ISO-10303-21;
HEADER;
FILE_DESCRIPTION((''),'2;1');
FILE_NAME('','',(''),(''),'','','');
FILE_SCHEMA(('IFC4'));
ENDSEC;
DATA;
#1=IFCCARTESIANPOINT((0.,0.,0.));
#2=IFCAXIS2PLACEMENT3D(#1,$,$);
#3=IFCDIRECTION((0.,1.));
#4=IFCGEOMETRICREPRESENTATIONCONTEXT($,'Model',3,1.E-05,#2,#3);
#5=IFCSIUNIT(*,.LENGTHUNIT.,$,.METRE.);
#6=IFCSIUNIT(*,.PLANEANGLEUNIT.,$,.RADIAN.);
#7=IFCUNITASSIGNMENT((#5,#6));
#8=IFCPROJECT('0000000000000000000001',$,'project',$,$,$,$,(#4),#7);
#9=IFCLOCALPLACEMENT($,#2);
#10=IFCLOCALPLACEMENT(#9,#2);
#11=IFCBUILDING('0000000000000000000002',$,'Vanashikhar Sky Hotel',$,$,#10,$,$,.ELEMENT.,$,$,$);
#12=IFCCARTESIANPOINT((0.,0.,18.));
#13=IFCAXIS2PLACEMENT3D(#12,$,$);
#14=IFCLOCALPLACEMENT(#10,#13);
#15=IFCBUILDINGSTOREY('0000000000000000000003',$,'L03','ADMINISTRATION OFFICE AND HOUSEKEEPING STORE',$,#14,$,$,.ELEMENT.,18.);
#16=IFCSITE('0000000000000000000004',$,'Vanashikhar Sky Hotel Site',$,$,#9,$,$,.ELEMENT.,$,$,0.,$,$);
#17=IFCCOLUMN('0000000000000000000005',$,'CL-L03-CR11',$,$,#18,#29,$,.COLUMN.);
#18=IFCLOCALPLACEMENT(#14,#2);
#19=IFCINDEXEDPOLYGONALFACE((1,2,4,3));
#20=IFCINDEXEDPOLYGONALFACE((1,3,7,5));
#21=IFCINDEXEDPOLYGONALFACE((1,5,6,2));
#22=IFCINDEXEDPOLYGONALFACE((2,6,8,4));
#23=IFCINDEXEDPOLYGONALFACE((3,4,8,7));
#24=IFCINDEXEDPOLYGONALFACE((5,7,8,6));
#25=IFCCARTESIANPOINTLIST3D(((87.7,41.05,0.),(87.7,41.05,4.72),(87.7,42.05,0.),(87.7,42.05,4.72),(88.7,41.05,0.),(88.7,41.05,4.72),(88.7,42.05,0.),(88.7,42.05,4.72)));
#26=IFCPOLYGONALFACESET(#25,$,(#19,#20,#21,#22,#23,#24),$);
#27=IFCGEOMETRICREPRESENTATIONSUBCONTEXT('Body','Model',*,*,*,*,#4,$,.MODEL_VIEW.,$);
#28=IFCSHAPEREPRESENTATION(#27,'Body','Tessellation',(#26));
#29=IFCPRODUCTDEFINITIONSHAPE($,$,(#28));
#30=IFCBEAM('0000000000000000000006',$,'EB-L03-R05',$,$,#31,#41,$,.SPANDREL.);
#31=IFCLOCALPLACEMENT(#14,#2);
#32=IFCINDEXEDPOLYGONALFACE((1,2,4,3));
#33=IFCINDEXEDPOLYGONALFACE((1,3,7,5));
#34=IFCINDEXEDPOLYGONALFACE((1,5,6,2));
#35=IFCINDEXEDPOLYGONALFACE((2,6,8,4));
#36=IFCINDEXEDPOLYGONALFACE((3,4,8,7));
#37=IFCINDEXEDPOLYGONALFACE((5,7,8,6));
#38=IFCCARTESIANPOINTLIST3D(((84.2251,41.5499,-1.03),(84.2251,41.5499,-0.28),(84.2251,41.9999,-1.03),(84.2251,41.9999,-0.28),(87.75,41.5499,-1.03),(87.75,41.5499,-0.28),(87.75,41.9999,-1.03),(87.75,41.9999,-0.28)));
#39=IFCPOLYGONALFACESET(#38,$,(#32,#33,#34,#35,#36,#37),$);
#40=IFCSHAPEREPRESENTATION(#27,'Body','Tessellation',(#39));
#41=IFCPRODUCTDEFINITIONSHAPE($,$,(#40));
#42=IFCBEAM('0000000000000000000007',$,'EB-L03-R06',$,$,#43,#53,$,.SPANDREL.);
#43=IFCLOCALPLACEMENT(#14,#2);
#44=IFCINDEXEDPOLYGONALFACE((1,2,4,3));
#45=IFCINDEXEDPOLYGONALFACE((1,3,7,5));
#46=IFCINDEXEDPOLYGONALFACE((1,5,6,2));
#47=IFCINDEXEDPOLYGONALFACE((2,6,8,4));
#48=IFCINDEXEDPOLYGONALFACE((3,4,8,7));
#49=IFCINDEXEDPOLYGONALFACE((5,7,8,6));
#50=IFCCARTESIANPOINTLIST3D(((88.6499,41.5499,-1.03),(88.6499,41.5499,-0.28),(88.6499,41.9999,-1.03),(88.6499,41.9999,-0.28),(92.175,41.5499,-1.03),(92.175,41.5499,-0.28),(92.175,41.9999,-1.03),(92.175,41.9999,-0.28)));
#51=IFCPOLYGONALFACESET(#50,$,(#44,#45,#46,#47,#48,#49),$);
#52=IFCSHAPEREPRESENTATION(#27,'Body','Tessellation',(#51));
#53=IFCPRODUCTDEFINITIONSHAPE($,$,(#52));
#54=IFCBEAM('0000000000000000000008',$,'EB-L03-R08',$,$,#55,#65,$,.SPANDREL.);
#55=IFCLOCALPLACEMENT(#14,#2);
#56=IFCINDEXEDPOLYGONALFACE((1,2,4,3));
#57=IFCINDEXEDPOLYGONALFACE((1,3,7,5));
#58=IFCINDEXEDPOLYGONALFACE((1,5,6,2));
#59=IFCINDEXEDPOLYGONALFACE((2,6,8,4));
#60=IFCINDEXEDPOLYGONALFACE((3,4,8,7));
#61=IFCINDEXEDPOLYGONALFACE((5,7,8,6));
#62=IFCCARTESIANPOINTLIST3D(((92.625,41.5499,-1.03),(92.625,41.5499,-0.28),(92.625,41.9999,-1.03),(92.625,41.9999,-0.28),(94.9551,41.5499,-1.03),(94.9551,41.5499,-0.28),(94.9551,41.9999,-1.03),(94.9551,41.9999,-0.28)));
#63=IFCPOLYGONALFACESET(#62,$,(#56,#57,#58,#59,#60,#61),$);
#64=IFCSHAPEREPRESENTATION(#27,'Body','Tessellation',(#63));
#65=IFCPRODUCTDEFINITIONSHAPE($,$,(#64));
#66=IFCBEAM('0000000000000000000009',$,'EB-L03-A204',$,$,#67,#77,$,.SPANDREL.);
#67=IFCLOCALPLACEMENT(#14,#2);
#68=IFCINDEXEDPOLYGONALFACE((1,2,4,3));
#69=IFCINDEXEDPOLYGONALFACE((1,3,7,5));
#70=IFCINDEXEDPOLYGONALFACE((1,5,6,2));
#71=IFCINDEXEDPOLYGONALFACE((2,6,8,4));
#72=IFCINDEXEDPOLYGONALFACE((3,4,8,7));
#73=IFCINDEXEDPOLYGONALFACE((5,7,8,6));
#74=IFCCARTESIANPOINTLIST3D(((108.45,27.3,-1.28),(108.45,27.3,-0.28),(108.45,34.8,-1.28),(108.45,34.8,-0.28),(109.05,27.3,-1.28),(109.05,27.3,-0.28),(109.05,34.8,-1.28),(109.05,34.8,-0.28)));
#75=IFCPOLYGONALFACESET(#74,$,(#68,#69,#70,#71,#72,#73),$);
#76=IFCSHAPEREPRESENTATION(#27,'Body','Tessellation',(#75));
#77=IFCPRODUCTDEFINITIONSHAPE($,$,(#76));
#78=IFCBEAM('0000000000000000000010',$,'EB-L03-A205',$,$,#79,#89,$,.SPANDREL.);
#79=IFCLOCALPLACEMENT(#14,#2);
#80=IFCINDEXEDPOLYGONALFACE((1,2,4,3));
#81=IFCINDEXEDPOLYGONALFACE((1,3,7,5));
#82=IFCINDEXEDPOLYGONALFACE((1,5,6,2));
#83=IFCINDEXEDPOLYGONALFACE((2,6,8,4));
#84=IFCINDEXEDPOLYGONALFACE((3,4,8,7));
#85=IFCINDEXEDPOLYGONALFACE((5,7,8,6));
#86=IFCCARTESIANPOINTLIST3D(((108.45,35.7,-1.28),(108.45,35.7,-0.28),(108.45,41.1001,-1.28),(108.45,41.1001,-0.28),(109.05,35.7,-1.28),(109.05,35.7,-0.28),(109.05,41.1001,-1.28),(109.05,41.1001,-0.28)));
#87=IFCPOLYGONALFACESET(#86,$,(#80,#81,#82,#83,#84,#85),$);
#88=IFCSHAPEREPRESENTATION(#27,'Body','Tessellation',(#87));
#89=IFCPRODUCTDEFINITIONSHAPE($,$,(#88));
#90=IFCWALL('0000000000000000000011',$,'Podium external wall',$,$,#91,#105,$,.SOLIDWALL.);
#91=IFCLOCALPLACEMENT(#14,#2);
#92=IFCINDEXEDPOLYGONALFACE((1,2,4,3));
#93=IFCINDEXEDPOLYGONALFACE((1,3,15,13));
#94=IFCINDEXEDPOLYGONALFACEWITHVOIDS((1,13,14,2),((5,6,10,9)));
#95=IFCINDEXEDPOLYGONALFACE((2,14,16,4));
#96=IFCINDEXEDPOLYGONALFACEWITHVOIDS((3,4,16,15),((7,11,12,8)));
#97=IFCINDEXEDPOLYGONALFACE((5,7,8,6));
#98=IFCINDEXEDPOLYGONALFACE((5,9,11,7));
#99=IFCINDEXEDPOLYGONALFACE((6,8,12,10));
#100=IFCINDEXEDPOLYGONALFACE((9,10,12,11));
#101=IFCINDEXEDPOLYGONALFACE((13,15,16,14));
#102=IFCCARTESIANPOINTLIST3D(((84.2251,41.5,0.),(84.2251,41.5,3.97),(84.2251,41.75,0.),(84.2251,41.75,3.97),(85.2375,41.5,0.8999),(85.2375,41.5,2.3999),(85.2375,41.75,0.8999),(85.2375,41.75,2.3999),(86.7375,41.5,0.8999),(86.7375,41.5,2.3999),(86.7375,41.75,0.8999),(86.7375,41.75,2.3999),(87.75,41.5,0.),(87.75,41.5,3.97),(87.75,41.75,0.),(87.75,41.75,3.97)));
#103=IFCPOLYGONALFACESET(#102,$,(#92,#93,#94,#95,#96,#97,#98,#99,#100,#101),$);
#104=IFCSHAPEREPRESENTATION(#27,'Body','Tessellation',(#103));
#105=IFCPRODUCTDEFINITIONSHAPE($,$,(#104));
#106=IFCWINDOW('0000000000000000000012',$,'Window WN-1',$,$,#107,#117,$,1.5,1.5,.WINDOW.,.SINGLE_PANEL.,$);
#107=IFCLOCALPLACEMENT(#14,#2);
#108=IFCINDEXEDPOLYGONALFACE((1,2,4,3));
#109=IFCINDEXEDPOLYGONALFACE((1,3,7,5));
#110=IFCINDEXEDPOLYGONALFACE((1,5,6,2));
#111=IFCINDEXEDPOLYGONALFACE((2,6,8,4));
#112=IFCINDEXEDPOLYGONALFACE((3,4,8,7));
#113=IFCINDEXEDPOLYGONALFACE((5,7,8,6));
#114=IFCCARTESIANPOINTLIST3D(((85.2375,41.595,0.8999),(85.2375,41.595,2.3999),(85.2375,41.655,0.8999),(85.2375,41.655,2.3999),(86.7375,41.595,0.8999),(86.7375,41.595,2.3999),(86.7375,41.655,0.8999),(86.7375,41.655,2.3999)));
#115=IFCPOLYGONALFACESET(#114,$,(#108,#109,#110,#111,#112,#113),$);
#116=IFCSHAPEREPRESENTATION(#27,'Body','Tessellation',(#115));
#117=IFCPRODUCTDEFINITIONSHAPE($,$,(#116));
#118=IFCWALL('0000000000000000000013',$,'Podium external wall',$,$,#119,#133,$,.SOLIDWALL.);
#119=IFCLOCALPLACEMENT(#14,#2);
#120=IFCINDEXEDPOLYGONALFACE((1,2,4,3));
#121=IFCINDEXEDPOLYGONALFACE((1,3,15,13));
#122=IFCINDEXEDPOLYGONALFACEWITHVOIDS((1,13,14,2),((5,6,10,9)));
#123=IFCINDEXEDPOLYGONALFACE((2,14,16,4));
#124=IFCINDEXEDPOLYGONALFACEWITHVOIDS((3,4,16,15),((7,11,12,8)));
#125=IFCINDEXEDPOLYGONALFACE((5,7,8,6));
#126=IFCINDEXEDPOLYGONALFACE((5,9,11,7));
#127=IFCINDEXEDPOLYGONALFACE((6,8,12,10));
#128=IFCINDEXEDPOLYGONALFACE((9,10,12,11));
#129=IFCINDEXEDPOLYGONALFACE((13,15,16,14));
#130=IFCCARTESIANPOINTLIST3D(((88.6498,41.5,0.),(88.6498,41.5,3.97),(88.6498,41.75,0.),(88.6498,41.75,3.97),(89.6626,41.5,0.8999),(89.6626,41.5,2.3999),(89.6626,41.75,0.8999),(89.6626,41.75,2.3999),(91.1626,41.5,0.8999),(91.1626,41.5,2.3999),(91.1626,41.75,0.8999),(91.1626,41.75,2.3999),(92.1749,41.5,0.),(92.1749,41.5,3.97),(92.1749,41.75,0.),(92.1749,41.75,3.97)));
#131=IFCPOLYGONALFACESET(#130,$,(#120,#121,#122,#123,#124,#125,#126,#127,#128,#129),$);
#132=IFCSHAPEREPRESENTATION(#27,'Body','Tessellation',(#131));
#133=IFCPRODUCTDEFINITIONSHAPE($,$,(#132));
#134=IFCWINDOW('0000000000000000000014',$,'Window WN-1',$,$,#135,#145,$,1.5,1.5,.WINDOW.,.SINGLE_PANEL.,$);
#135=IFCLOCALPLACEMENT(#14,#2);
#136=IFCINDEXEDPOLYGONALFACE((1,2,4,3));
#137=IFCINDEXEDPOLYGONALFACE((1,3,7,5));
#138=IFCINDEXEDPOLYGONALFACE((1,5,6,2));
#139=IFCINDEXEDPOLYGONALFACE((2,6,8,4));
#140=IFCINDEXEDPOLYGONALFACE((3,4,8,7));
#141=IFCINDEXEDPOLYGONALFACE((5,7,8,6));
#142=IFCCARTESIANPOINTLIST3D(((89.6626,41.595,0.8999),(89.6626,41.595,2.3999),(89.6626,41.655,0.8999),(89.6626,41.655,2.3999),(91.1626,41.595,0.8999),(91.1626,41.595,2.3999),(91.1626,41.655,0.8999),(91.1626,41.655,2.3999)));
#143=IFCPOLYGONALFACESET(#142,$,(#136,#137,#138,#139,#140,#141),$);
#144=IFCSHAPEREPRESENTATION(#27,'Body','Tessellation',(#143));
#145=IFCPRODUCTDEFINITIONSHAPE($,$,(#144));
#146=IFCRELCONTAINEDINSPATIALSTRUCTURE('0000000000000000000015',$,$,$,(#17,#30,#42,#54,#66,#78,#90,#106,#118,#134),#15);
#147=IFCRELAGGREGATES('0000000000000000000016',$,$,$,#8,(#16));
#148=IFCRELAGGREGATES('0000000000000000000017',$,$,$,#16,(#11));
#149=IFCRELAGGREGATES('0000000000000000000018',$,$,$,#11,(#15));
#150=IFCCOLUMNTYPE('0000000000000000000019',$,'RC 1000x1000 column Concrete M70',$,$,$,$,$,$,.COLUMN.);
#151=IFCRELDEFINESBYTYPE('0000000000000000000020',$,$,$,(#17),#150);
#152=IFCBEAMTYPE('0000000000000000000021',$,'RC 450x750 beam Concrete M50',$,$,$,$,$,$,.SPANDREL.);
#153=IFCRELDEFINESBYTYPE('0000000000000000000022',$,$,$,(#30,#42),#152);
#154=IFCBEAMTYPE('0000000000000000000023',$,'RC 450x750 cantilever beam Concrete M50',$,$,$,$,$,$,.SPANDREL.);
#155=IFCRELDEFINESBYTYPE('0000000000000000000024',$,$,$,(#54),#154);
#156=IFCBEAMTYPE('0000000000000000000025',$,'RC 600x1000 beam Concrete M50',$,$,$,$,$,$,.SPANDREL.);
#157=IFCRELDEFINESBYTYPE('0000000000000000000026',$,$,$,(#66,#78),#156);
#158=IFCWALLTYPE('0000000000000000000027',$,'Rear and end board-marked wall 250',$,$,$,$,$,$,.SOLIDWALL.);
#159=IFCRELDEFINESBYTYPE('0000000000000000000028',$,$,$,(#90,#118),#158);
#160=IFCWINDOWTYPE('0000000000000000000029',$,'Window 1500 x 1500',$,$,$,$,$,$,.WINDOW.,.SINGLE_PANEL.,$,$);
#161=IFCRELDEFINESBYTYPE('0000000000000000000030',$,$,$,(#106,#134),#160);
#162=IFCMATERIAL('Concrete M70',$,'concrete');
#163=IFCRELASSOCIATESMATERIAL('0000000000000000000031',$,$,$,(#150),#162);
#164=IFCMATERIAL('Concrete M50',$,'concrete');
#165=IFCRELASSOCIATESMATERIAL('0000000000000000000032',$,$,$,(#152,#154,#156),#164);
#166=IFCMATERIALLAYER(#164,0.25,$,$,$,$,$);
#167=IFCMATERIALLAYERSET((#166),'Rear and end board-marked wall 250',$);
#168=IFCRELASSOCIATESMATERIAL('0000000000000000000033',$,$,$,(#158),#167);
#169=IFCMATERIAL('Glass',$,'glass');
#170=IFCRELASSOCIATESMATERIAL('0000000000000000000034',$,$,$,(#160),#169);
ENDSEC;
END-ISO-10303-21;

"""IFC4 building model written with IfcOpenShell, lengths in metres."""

from ifc_helpers import new_model, si_unit, direction, frame, frame_2d, origin, origin_2d, place, context, subcontext, project, spatial, rectangle, extrude, source, transform, mapped, material, layer, layer_set, material_profile, profile_set, type_object, element, fill, save


model = new_model("IFC4")

# Units and contexts
model_context = context("Model", 3, precision=1e-05, world=origin(), true_north=direction((0.0, 1.0)))
body_context = subcontext(model_context, "Body", "Model", "MODEL_VIEW")
ifc_project = project(units=[si_unit("LENGTHUNIT", "METRE"), si_unit("PLANEANGLEUNIT", "RADIAN")], contexts=[model_context])

# Site, building, storey
site_placement = place(None, origin())
site = spatial("IfcSite", under=ifc_project, at=site_placement, Name="Vanashikhar Sky Hotel Site", CompositionType="ELEMENT", RefElevation=0.0)
building_placement = place(site_placement, origin())
building = spatial("IfcBuilding", under=site, at=building_placement, Name="Vanashikhar Sky Hotel", CompositionType="ELEMENT")
storey_placement = place(building_placement, frame((0.0, 0.0, 18.0)))
storey = spatial("IfcBuildingStorey", under=building, at=storey_placement, Name="L03", Description="ADMINISTRATION OFFICE AND HOUSEKEEPING STORE", CompositionType="ELEMENT", Elevation=18.0)

# Column
ifc_material_1 = material(Name="Concrete M70", Category="concrete")
ifc_material_profile_1 = material_profile(ifc_material_1, rectangle(XDim=1.0, YDim=1.0, at=origin_2d()))
ifc_profile_set_1 = profile_set([ifc_material_profile_1], Name="RC 1000x1000 column Concrete M70")
column_type = type_object("IfcColumnType", Name="RC 1000x1000 column Concrete M70", PredefinedType="COLUMN", material=ifc_profile_set_1)
shared_shape_1 = source(origin(), body_context, "Body", "SweptSolid", [
    extrude(rectangle(XDim=1.0, YDim=1.0, at=origin_2d()), origin(), (0.0, 0.0, 1.0), 4.72),
])
column_placement = place(storey_placement, frame((88.2, 41.55, 0.0), z_axis=(0.0, 0.0, 1.0), x_axis=(1.0, 0.0, 0.0)))
element("IfcColumn", 1, at=column_placement, inside=storey, type_object=column_type, Name="CL-L03-CR11", PredefinedType="COLUMN", context=body_context, shape_type="MappedRepresentation", body=[
    mapped(shared_shape_1, transform((0.0, 0.0, 0.0), scale=1.0)),
])

# Beams
ifc_material_2 = material(Name="Concrete M50", Category="concrete")
ifc_material_profile_2 = material_profile(ifc_material_2, rectangle(XDim=0.45, YDim=0.75, at=origin_2d()))
ifc_profile_set_2 = profile_set([ifc_material_profile_2], Name="RC 450x750 beam Concrete M50")
beam_type_1 = type_object("IfcBeamType", Name="RC 450x750 beam Concrete M50", PredefinedType="SPANDREL", material=ifc_profile_set_2)
shared_shape_2 = source(origin(), body_context, "Body", "SweptSolid", [
    extrude(rectangle(XDim=0.45, YDim=0.75, at=origin_2d()), origin(), (0.0, 0.0, 1.0), 3.5249),
])
beam_1_placement = place(storey_placement, frame((84.2251, 41.7749, -0.655), z_axis=(1.0, 0.0, 0.0), x_axis=(0.0, 1.0, 0.0)))
element("IfcBeam", 2, at=beam_1_placement, inside=storey, type_object=beam_type_1, Name="EB-L03-R05", PredefinedType="SPANDREL", context=body_context, shape_type="MappedRepresentation", body=[
    mapped(shared_shape_2, transform((0.0, 0.0, 0.0), scale=1.0)),
])
shared_shape_3 = source(origin(), body_context, "Body", "SweptSolid", [
    extrude(rectangle(XDim=0.45, YDim=0.75, at=origin_2d()), origin(), (0.0, 0.0, 1.0), 3.5251),
])
beam_2_placement = place(storey_placement, frame((88.6499, 41.7749, -0.655), z_axis=(1.0, 0.0, 0.0), x_axis=(0.0, 1.0, 0.0)))
element("IfcBeam", 3, at=beam_2_placement, inside=storey, type_object=beam_type_1, Name="EB-L03-R06", PredefinedType="SPANDREL", context=body_context, shape_type="MappedRepresentation", body=[
    mapped(shared_shape_3, transform((0.0, 0.0, 0.0), scale=1.0)),
])
ifc_material_profile_3 = material_profile(ifc_material_2, rectangle(XDim=0.45, YDim=0.75, at=origin_2d()))
ifc_profile_set_3 = profile_set([ifc_material_profile_3], Name="RC 450x750 cantilever beam Concrete M50")
beam_type_2 = type_object("IfcBeamType", Name="RC 450x750 cantilever beam Concrete M50", PredefinedType="SPANDREL", material=ifc_profile_set_3)
shared_shape_4 = source(origin(), body_context, "Body", "SweptSolid", [
    extrude(rectangle(XDim=0.45, YDim=0.75, at=origin_2d()), origin(), (0.0, 0.0, 1.0), 2.3301),
])
beam_3_placement = place(storey_placement, frame((92.625, 41.7749, -0.655), z_axis=(1.0, 0.0, 0.0), x_axis=(0.0, 1.0, 0.0)))
element("IfcBeam", 4, at=beam_3_placement, inside=storey, type_object=beam_type_2, Name="EB-L03-R08", PredefinedType="SPANDREL", context=body_context, shape_type="MappedRepresentation", body=[
    mapped(shared_shape_4, transform((0.0, 0.0, 0.0), scale=1.0)),
])
ifc_material_profile_4 = material_profile(ifc_material_2, rectangle(XDim=0.6001, YDim=1.0, at=origin_2d()))
ifc_profile_set_4 = profile_set([ifc_material_profile_4], Name="RC 600x1000 beam Concrete M50")
beam_type_3 = type_object("IfcBeamType", Name="RC 600x1000 beam Concrete M50", PredefinedType="SPANDREL", material=ifc_profile_set_4)
shared_shape_5 = source(origin(), body_context, "Body", "SweptSolid", [
    extrude(rectangle(XDim=0.6001, YDim=1.0, at=origin_2d()), origin(), (0.0, 0.0, 1.0), 7.5),
])
beam_4_placement = place(storey_placement, frame((108.75, 27.3, -0.78), z_axis=(0.0, 1.0, 0.0), x_axis=(-1.0, 0.0, 0.0)))
element("IfcBeam", 5, at=beam_4_placement, inside=storey, type_object=beam_type_3, Name="EB-L03-A204", PredefinedType="SPANDREL", context=body_context, shape_type="MappedRepresentation", body=[
    mapped(shared_shape_5, transform((0.0, 0.0, 0.0), scale=1.0)),
])
shared_shape_6 = source(origin(), body_context, "Body", "SweptSolid", [
    extrude(rectangle(XDim=0.6001, YDim=1.0, at=origin_2d()), origin(), (0.0, 0.0, 1.0), 5.4001),
])
beam_5_placement = place(storey_placement, frame((108.75, 35.7, -0.78), z_axis=(0.0, 1.0, 0.0), x_axis=(-1.0, 0.0, 0.0)))
element("IfcBeam", 6, at=beam_5_placement, inside=storey, type_object=beam_type_3, Name="EB-L03-A205", PredefinedType="SPANDREL", context=body_context, shape_type="MappedRepresentation", body=[
    mapped(shared_shape_6, transform((0.0, 0.0, 0.0), scale=1.0)),
])

# Walls, openings, windows
ifc_layer_1 = layer(ifc_material_2, 0.25)
ifc_layer_set_1 = layer_set([ifc_layer_1], Name="Rear and end board-marked wall 250")
wall_type_1 = type_object("IfcWallType", Name="Rear and end board-marked wall 250", PredefinedType="SOLIDWALL", material=ifc_layer_set_1)
shared_shape_7 = source(origin(), body_context, "Body", "SweptSolid", [
    extrude(rectangle(XDim=3.5249, YDim=0.25, at=frame_2d((1.7625, 0.0))), origin(), (0.0, 0.0, 1.0), 3.97),
])
wall_1_placement = place(storey_placement, frame((87.75, 41.625, 0.0), z_axis=(0.0, 0.0, 1.0), x_axis=(-1.0, 0.0, 0.0)))
wall_1 = element("IfcWall", 7, at=wall_1_placement, inside=storey, type_object=wall_type_1, Name="Podium external wall", PredefinedType="SOLIDWALL", context=body_context, shape_type="MappedRepresentation", body=[
    mapped(shared_shape_7, transform((0.0, 0.0, 0.0), scale=1.0)),
])
shared_shape_8 = source(origin(), body_context, "Body", "SweptSolid", [
    extrude(rectangle(XDim=1.5, YDim=1.5, at=frame_2d((0.75, 0.75))), frame((0.0, 0.135, 0.0), z_axis=(0.0, -1.0, 0.0), x_axis=(1.0, 0.0, 0.0)), (0.0, 0.0, 1.0), 0.27),
])
opening_1_placement = place(wall_1_placement, frame((1.0125, 0.0, 0.8999)))
opening_1 = element("IfcOpeningElement", 8, at=opening_1_placement, cuts=wall_1, PredefinedType="OPENING", context=body_context, shape_type="MappedRepresentation", body=[
    mapped(shared_shape_8, transform((0.0, 0.0, 0.0), scale=1.0)),
])
ifc_material_3 = material(Name="Glass", Category="glass")
window_type = type_object("IfcWindowType", Name="Window 1500 x 1500", PartitioningType="SINGLE_PANEL", PredefinedType="WINDOW", material=ifc_material_3)
shared_shape_9 = source(origin(), body_context, "Body", "SweptSolid", [
    extrude(rectangle(XDim=1.5, YDim=1.5, at=frame_2d((0.75, 0.75))), frame((0.0, 0.03, 0.0), z_axis=(0.0, -1.0, 0.0), x_axis=(1.0, 0.0, 0.0)), (0.0, 0.0, 1.0), 0.0601),
])
window_1_placement = place(opening_1_placement, origin())
window_1 = element("IfcWindow", 9, at=window_1_placement, inside=storey, type_object=window_type, Name="Window WN-1", OverallHeight=1.5, OverallWidth=1.5, PartitioningType="SINGLE_PANEL", PredefinedType="WINDOW", context=body_context, shape_type="MappedRepresentation", body=[
    mapped(shared_shape_9, transform((0.0, 0.0, 0.0), scale=1.0)),
])
fill(opening_1, window_1)
shared_shape_10 = source(origin(), body_context, "Body", "SweptSolid", [
    extrude(rectangle(XDim=3.5251, YDim=0.25, at=frame_2d((1.7627, 0.0))), origin(), (0.0, 0.0, 1.0), 3.97),
])
wall_2_placement = place(storey_placement, frame((92.175, 41.625, 0.0), z_axis=(0.0, 0.0, 1.0), x_axis=(-1.0, 0.0, 0.0)))
wall_2 = element("IfcWall", 10, at=wall_2_placement, inside=storey, type_object=wall_type_1, Name="Podium external wall", PredefinedType="SOLIDWALL", context=body_context, shape_type="MappedRepresentation", body=[
    mapped(shared_shape_10, transform((0.0, 0.0, 0.0), scale=1.0)),
])
opening_2_placement = place(wall_2_placement, frame((1.0125, 0.0, 0.8999)))
opening_2 = element("IfcOpeningElement", 11, at=opening_2_placement, cuts=wall_2, PredefinedType="OPENING", context=body_context, shape_type="MappedRepresentation", body=[
    mapped(shared_shape_8, transform((0.0, 0.0, 0.0), scale=1.0)),
])
window_2_placement = place(opening_2_placement, origin())
window_2 = element("IfcWindow", 12, at=window_2_placement, inside=storey, type_object=window_type, Name="Window WN-1", OverallHeight=1.5, OverallWidth=1.5, PartitioningType="SINGLE_PANEL", PredefinedType="WINDOW", context=body_context, shape_type="MappedRepresentation", body=[
    mapped(shared_shape_9, transform((0.0, 0.0, 0.0), scale=1.0)),
])
fill(opening_2, window_2)

save(model, "model.ifc")
